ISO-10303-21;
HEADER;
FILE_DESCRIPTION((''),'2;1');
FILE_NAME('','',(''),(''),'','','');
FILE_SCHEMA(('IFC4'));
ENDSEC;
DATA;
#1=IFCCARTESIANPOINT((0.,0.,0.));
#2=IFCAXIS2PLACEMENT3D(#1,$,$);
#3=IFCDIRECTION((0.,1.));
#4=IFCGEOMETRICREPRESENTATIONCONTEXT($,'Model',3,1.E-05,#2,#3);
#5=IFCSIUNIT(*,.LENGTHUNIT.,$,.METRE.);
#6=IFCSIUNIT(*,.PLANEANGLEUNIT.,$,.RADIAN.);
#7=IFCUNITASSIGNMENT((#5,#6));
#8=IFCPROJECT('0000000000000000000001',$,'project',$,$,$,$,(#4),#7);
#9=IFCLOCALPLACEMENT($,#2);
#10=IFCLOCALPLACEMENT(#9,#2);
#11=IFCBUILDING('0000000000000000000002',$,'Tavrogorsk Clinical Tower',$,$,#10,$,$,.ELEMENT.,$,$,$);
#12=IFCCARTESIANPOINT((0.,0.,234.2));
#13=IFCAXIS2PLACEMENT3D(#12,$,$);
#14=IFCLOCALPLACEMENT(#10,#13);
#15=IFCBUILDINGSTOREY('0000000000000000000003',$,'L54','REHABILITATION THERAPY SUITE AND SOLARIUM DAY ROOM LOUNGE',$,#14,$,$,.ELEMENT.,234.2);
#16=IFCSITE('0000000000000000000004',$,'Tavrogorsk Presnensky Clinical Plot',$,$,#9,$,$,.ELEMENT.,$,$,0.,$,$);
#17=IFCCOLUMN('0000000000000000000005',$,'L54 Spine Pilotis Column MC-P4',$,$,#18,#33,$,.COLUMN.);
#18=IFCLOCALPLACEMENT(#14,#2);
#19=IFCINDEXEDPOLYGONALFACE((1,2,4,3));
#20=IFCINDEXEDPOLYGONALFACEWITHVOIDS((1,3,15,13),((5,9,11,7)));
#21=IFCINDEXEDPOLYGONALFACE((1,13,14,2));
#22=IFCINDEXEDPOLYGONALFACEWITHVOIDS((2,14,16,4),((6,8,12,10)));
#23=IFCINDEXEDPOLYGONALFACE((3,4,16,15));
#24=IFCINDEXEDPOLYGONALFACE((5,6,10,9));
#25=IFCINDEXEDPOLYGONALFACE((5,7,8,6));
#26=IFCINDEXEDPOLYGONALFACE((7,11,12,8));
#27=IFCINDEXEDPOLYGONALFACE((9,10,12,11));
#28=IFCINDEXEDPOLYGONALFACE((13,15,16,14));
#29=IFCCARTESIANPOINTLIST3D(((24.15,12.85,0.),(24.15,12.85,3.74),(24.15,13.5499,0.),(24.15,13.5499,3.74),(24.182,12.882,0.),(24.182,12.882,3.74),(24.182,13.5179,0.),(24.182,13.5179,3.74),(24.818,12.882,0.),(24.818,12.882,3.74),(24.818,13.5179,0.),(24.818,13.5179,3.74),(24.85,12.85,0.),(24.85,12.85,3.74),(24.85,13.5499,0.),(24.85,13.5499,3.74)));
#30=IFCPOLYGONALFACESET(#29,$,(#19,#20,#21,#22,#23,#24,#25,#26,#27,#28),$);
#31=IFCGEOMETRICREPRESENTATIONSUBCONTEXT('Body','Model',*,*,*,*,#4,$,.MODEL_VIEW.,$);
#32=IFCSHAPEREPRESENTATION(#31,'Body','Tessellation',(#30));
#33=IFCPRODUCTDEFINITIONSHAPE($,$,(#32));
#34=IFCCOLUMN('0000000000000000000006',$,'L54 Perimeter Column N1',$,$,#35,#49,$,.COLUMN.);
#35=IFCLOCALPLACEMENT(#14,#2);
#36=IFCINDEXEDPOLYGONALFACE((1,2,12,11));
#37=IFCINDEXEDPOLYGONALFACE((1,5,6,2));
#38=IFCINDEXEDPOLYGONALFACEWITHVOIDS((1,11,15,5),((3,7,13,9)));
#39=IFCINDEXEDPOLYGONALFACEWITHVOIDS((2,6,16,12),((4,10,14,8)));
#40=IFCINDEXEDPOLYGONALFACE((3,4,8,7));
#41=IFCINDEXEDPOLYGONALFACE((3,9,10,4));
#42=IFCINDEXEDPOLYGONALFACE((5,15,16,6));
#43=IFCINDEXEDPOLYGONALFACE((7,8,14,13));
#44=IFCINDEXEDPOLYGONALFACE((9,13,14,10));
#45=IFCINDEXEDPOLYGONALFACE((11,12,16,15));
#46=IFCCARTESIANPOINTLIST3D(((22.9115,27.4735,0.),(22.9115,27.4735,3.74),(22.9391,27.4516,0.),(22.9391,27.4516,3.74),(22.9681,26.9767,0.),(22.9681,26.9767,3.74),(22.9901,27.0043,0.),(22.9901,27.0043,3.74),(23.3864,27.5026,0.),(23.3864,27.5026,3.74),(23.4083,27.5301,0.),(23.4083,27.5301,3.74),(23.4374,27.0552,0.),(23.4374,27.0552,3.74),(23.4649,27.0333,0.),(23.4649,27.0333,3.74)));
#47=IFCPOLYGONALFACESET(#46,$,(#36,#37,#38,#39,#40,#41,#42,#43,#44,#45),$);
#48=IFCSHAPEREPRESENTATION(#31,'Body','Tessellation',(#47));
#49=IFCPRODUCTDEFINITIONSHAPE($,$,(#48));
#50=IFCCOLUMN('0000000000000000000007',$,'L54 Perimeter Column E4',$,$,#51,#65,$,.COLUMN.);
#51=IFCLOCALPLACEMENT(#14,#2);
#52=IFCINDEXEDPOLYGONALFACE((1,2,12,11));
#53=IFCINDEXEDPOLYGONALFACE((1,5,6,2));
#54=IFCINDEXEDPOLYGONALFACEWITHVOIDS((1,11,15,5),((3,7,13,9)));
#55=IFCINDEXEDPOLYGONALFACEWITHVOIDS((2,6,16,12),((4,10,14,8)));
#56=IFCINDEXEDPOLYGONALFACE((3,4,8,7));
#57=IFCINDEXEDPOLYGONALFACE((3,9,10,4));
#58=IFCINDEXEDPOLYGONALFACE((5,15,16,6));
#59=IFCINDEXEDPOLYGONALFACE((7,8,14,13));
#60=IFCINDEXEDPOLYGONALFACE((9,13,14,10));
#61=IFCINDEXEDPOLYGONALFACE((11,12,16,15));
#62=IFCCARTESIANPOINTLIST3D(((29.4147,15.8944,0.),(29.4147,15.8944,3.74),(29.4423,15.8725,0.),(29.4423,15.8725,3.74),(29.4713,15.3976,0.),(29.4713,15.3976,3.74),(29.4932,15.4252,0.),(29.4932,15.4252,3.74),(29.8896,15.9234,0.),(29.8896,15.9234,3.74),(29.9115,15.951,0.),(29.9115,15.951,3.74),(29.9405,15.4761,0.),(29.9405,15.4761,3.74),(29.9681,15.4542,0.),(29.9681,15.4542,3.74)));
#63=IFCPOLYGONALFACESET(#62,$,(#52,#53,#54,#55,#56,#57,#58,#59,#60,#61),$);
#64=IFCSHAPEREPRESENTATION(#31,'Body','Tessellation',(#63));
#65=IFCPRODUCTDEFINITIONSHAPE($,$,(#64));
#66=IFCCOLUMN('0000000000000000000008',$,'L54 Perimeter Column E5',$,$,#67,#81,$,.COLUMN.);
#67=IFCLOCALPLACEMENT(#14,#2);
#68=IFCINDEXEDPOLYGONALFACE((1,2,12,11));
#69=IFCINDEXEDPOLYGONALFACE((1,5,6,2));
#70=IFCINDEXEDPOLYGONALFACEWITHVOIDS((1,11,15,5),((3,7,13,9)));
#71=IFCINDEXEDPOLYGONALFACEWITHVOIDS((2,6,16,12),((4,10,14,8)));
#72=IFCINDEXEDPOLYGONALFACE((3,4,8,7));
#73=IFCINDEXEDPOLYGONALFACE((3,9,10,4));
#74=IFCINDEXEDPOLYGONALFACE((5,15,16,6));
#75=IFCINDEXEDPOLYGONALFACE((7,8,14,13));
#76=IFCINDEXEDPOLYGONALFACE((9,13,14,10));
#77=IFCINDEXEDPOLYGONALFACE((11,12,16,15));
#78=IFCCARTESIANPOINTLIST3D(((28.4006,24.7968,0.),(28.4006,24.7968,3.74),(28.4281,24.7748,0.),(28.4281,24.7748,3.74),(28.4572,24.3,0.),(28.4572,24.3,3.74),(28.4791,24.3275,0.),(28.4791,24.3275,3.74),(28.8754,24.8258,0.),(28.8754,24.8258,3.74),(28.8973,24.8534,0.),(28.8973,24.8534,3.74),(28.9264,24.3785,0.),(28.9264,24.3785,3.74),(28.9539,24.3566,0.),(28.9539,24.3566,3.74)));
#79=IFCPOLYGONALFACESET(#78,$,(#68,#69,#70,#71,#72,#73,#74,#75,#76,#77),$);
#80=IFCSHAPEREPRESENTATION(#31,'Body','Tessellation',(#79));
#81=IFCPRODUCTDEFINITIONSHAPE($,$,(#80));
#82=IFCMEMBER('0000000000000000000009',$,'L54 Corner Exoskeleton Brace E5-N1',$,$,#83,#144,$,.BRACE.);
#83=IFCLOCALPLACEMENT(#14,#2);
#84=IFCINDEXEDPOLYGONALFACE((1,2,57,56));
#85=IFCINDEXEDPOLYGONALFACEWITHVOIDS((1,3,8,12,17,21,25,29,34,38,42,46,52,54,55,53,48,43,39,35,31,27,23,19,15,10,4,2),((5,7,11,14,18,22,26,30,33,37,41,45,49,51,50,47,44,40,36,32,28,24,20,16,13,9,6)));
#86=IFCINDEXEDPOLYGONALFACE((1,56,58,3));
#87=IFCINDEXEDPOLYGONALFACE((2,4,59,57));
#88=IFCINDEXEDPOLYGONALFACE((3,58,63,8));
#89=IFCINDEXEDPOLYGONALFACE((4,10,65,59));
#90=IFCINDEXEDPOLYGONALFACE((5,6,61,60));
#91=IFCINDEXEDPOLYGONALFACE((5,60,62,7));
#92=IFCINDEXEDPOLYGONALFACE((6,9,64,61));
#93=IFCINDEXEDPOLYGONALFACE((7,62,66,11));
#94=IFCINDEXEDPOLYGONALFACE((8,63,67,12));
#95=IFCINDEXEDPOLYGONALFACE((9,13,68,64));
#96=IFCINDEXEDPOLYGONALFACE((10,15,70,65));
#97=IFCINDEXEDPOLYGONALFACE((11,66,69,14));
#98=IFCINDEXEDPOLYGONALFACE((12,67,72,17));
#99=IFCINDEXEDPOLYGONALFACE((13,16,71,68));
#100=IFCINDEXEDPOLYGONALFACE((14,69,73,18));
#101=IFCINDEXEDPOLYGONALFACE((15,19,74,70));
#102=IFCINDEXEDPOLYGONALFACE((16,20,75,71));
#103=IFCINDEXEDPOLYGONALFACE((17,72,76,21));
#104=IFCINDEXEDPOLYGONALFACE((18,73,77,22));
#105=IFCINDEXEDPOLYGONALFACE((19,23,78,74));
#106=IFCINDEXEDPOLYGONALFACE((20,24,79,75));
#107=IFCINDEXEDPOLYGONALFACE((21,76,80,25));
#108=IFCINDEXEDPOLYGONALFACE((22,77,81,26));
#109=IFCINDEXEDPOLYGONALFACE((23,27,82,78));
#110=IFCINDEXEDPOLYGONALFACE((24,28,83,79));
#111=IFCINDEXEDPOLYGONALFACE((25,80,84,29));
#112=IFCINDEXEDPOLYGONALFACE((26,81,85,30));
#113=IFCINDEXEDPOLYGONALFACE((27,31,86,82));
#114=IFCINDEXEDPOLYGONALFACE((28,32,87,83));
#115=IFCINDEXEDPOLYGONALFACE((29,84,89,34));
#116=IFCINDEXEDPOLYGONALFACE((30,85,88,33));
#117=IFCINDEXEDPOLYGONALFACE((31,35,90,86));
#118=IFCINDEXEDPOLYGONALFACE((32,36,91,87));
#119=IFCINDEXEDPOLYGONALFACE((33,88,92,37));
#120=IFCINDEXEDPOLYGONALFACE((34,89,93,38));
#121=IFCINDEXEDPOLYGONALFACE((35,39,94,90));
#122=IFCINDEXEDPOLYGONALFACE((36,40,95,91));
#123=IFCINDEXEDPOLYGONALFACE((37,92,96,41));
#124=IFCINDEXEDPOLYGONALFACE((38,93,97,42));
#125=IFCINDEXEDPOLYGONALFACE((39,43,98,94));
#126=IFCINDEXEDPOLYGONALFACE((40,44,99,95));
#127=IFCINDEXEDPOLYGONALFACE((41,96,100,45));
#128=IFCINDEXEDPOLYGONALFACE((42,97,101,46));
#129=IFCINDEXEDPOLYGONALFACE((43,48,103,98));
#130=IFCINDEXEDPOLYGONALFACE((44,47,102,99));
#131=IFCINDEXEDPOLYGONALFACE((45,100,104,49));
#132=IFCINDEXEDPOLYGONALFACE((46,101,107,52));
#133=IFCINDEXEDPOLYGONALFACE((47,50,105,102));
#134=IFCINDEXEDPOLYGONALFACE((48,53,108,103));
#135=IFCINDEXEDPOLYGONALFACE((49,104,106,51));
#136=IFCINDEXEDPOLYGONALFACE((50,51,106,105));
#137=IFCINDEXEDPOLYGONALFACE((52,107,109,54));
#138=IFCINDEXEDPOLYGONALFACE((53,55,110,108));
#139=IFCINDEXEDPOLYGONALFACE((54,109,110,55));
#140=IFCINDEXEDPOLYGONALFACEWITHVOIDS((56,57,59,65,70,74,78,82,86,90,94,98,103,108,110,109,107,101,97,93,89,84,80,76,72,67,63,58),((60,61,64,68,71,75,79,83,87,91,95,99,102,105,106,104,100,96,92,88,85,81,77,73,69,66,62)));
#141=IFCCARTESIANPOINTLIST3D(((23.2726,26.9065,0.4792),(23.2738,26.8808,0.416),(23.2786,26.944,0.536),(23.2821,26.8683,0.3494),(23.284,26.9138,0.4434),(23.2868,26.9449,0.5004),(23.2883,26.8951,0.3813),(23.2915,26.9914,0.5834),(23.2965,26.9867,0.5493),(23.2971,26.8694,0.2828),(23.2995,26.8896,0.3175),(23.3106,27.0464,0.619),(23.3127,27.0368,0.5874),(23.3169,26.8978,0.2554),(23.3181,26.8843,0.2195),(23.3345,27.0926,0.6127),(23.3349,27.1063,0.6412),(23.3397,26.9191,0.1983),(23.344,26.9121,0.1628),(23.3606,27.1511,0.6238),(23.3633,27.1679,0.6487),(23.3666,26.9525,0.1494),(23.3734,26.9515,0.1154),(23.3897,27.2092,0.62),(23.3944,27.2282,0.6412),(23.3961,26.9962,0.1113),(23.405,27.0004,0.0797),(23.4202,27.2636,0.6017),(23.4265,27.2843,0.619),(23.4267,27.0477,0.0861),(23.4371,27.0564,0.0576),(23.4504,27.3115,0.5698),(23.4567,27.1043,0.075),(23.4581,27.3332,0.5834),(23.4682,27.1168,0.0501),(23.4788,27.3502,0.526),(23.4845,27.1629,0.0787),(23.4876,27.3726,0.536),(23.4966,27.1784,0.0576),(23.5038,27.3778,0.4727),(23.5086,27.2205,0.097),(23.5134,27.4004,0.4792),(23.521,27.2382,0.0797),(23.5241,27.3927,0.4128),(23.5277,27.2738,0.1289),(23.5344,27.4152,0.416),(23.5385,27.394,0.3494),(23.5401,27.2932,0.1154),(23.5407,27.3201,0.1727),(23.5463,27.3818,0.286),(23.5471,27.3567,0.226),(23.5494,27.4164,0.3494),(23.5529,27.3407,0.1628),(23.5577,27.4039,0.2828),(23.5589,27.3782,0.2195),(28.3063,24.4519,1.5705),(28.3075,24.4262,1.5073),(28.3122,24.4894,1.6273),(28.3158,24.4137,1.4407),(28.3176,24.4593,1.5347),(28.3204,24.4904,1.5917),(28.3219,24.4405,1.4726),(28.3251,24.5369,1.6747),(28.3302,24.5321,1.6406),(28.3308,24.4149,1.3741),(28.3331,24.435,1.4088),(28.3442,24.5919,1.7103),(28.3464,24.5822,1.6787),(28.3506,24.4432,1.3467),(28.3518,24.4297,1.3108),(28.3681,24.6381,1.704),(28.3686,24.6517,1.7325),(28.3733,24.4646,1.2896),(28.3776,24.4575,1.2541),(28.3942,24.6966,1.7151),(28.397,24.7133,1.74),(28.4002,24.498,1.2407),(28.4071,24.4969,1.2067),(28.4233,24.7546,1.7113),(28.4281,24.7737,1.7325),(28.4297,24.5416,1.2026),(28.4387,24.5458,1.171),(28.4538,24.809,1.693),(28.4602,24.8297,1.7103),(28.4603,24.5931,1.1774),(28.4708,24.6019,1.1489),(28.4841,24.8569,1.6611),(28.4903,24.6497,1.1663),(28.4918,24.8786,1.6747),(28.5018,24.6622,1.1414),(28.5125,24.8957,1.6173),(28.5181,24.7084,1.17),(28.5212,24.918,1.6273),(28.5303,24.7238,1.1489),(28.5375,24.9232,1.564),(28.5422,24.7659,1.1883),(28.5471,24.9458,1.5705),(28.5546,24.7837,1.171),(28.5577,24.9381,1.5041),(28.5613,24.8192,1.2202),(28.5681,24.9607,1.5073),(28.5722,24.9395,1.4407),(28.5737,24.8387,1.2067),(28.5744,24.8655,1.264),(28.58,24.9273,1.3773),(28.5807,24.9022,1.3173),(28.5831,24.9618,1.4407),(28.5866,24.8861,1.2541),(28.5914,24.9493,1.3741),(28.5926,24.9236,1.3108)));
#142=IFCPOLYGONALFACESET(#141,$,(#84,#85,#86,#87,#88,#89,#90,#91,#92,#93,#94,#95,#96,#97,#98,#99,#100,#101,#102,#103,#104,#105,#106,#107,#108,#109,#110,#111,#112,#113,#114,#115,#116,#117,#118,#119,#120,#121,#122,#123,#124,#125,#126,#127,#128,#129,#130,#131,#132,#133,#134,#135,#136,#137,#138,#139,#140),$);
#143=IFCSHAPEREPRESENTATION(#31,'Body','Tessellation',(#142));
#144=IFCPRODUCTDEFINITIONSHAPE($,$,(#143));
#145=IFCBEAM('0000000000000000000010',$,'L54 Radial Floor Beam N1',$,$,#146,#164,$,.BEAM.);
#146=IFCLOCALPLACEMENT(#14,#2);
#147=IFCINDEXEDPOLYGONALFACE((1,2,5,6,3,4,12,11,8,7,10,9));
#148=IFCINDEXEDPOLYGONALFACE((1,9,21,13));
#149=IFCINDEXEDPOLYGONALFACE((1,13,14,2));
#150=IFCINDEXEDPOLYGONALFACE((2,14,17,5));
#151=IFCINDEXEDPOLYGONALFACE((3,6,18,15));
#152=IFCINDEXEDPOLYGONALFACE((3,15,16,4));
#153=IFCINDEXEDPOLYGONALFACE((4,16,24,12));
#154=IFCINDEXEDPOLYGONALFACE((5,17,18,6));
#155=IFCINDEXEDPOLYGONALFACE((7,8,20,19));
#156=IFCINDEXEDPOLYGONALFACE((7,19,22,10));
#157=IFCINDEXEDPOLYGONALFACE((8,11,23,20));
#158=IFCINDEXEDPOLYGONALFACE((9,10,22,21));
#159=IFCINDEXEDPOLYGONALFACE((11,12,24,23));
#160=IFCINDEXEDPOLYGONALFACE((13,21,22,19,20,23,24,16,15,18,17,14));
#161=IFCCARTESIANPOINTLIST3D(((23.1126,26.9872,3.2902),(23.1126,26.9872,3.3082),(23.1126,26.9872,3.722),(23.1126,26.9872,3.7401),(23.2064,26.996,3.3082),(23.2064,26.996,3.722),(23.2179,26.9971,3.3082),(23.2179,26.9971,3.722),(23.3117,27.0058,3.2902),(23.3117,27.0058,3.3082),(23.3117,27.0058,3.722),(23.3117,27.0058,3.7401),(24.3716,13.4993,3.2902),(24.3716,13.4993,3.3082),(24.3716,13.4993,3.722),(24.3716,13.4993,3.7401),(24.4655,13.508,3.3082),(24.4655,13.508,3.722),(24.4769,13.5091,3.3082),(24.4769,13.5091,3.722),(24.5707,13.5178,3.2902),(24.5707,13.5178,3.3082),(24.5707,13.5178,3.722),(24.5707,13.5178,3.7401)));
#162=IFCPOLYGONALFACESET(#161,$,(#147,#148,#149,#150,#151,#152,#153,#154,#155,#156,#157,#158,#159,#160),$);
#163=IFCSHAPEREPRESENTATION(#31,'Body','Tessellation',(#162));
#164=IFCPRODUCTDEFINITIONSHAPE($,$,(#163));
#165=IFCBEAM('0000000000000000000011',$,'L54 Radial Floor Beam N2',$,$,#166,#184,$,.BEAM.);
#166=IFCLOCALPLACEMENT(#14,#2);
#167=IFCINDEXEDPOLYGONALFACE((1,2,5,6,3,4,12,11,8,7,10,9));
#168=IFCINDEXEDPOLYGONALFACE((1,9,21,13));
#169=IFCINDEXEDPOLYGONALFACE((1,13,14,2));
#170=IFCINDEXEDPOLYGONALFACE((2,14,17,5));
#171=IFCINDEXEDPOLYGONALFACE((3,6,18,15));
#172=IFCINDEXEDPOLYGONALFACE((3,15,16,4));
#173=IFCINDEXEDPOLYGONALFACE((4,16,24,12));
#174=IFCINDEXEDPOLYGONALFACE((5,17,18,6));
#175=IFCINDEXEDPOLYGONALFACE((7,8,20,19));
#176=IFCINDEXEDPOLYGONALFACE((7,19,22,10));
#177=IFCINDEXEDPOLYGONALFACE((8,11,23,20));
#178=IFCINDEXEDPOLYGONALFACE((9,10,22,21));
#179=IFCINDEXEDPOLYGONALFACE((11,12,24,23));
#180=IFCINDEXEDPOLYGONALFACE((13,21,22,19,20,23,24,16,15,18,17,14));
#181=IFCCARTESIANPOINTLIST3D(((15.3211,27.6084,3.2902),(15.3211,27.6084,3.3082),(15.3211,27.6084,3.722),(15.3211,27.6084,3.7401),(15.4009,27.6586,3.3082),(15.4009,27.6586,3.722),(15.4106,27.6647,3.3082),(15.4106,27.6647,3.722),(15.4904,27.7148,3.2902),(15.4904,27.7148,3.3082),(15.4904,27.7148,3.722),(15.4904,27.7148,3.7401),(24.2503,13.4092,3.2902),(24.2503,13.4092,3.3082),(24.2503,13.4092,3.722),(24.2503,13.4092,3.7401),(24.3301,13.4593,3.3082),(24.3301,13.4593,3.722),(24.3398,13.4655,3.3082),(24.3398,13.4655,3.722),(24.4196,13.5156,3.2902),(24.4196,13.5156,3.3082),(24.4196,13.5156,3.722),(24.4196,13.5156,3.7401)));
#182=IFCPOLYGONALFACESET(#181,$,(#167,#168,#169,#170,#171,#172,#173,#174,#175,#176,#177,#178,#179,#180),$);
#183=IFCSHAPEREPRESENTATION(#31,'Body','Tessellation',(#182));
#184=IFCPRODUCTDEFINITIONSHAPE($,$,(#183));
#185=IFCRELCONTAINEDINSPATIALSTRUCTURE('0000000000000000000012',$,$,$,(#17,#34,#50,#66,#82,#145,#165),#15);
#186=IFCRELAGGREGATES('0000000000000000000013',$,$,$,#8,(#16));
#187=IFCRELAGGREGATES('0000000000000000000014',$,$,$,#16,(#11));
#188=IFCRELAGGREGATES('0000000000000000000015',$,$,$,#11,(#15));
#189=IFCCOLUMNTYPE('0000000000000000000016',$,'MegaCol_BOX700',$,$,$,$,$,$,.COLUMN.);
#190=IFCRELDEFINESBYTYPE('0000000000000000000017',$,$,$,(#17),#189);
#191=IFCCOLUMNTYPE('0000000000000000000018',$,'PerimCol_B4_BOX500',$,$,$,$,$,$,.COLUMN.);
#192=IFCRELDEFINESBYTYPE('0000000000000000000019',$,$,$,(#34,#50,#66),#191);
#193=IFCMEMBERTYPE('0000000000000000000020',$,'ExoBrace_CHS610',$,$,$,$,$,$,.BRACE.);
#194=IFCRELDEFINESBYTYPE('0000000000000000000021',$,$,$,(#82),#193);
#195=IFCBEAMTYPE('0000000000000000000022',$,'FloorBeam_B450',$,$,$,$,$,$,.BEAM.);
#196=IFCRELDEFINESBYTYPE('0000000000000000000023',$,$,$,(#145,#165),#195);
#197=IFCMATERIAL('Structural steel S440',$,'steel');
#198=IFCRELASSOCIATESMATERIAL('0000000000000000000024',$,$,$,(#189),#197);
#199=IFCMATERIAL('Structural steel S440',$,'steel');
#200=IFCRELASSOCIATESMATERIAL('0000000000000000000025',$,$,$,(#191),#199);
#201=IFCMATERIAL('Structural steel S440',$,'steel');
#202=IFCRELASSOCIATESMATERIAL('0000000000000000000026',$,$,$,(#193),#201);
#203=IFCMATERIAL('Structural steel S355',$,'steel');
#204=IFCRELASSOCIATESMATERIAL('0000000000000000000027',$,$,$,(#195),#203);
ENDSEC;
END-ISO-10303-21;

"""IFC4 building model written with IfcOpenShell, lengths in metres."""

from ifc_helpers import new_model, si_unit, direction, frame, origin, origin_2d, place, context, subcontext, project, spatial, hollow_rectangle, hollow_circle, i_section, extrude, material, material_profile, profile_set, type_object, element, save


model = new_model("IFC4")

# Units and contexts
model_context = context("Model", 3, precision=1e-05, world=origin(), true_north=direction((0.0, 1.0)))
body_context = subcontext(model_context, "Body", "Model", "MODEL_VIEW")
ifc_project = project(units=[si_unit("LENGTHUNIT", "METRE"), si_unit("PLANEANGLEUNIT", "RADIAN")], contexts=[model_context])

# Site, building, storey
site_placement = place(None, origin())
site = spatial("IfcSite", under=ifc_project, at=site_placement, Name="Tavrogorsk Presnensky Clinical Plot", CompositionType="ELEMENT", RefElevation=0.0)
building_placement = place(site_placement, origin())
building = spatial("IfcBuilding", under=site, at=building_placement, Name="Tavrogorsk Clinical Tower", CompositionType="ELEMENT")
storey_placement = place(building_placement, frame((0.0, 0.0, 234.2)))
storey = spatial("IfcBuildingStorey", under=building, at=storey_placement, Name="L54", Description="REHABILITATION THERAPY SUITE AND SOLARIUM DAY ROOM LOUNGE", CompositionType="ELEMENT", Elevation=234.2)

# Columns
ifc_material_1 = material(Name="Structural steel S440", Category="steel")
ifc_material_profile_1 = material_profile(ifc_material_1, hollow_rectangle(XDim=0.7, YDim=0.7, WallThickness=0.032, at=origin_2d()), Name="BOX-700x700x32")
ifc_profile_set_1 = profile_set([ifc_material_profile_1], Name="Structural steel S440")
column_type_1 = type_object("IfcColumnType", Name="MegaCol_BOX700", PredefinedType="COLUMN", material=ifc_profile_set_1)
column_placement = place(storey_placement, frame((24.5, 13.2, 0.0), z_axis=(0.0, 0.0, 1.0), x_axis=(1.0, 0.0, 0.0)))
element("IfcColumn", 1, at=column_placement, inside=storey, type_object=column_type_1, Name="L54 Spine Pilotis Column MC-P4", PredefinedType="COLUMN", context=body_context, shape_type="SweptSolid", body=[
    extrude(hollow_rectangle(XDim=0.7, YDim=0.7, WallThickness=0.032, at=origin_2d()), origin(), (0.0, 0.0, 1.0), 3.74),
])
ifc_material_2 = material(Name="Structural steel S440", Category="steel")
ifc_material_profile_2 = material_profile(ifc_material_2, hollow_rectangle(XDim=0.5, YDim=0.5, WallThickness=0.0249, at=origin_2d()), Name="BOX-500x500x25")
ifc_profile_set_2 = profile_set([ifc_material_profile_2], Name="Structural steel S440")
column_type_2 = type_object("IfcColumnType", Name="PerimCol_B4_BOX500", PredefinedType="COLUMN", material=ifc_profile_set_2)
for number, where, z_axis, x_axis, name in (
    (2, (23.1882, 27.2534, 0.0), (0.0, 0.0, 1.0), (0.993572, 0.113203, 0.0), "L54 Perimeter Column N1"),
    (3, (29.6914, 15.6743, 0.0), (0.0, 0.0, 1.0), (0.993572, 0.113203, 0.0), "L54 Perimeter Column E4"),
    (4, (28.6772, 24.5767, 0.0), (0.0, 0.0, 1.0), (0.993572, 0.113203, 0.0), "L54 Perimeter Column E5"),
):
    element("IfcColumn", number, at=place(storey_placement, frame(where, z_axis=z_axis, x_axis=x_axis)), inside=storey, type_object=column_type_2, Name=name, PredefinedType="COLUMN", context=body_context, shape_type="SweptSolid", body=[
        extrude(hollow_rectangle(XDim=0.5, YDim=0.5, WallThickness=0.0249, at=origin_2d()), origin(), (0.0, 0.0, 1.0), 3.74),
    ])

# Member
ifc_material_3 = material(Name="Structural steel S440", Category="steel")
ifc_material_profile_3 = material_profile(ifc_material_3, hollow_circle(Radius=0.3049, WallThickness=0.0249, at=origin_2d()), Name="CHS-610x25")
ifc_profile_set_3 = profile_set([ifc_material_profile_3], Name="Structural steel S440")
member_type_1 = type_object("IfcMemberType", Name="ExoBrace_CHS610", PredefinedType="BRACE", material=ifc_profile_set_3)
member_placement = place(storey_placement, frame((23.4158, 27.1423, 0.3494), z_axis=(0.882235, -0.430206, 0.191269), x_axis=(0.438298, 0.89883, 0.0)))
element("IfcMember", 5, at=member_placement, inside=storey, type_object=member_type_1, Name="L54 Corner Exoskeleton Brace E5-N1", PredefinedType="BRACE", context=body_context, shape_type="SweptSolid", body=[
    extrude(hollow_circle(Radius=0.3049, WallThickness=0.0249, at=origin_2d()), origin(), (0.0, 0.0, 1.0), 5.7056),
])

# Beams
ifc_material_4 = material(Name="Structural steel S355", Category="steel")
ifc_material_profile_4 = material_profile(ifc_material_4, i_section(OverallWidth=0.2, OverallDepth=0.45, WebThickness=0.0115, FlangeThickness=0.0181, at=origin_2d()), Name="B-450x200x11.5x18")
ifc_profile_set_4 = profile_set([ifc_material_profile_4], Name="Structural steel S355")
beam_type_1 = type_object("IfcBeamType", Name="FloorBeam_B450", PredefinedType="BEAM", material=ifc_profile_set_4)
beam_1_placement = place(storey_placement, frame((24.4712, 13.5085, 3.5151), z_axis=(-0.09294, 0.995672, 0.0), x_axis=(-0.995672, -0.09294, 0.0)))
element("IfcBeam", 6, at=beam_1_placement, inside=storey, type_object=beam_type_1, Name="L54 Radial Floor Beam N1", PredefinedType="BEAM", context=body_context, shape_type="SweptSolid", body=[
    extrude(i_section(OverallWidth=0.2, OverallDepth=0.45, WebThickness=0.0115, FlangeThickness=0.0181, at=origin_2d()), origin(), (0.0, 0.0, 1.0), 13.5466),
])
beam_2_placement = place(storey_placement, frame((24.335, 13.4624, 3.5151), z_axis=(-0.532341, 0.84653, 0.0), x_axis=(-0.84653, -0.532341, 0.0)))
element("IfcBeam", 7, at=beam_2_placement, inside=storey, type_object=beam_type_1, Name="L54 Radial Floor Beam N2", PredefinedType="BEAM", context=body_context, shape_type="SweptSolid", body=[
    extrude(i_section(OverallWidth=0.2, OverallDepth=0.45, WebThickness=0.0115, FlangeThickness=0.0181, at=origin_2d()), origin(), (0.0, 0.0, 1.0), 16.7734),
])

save(model, "model.ifc")
